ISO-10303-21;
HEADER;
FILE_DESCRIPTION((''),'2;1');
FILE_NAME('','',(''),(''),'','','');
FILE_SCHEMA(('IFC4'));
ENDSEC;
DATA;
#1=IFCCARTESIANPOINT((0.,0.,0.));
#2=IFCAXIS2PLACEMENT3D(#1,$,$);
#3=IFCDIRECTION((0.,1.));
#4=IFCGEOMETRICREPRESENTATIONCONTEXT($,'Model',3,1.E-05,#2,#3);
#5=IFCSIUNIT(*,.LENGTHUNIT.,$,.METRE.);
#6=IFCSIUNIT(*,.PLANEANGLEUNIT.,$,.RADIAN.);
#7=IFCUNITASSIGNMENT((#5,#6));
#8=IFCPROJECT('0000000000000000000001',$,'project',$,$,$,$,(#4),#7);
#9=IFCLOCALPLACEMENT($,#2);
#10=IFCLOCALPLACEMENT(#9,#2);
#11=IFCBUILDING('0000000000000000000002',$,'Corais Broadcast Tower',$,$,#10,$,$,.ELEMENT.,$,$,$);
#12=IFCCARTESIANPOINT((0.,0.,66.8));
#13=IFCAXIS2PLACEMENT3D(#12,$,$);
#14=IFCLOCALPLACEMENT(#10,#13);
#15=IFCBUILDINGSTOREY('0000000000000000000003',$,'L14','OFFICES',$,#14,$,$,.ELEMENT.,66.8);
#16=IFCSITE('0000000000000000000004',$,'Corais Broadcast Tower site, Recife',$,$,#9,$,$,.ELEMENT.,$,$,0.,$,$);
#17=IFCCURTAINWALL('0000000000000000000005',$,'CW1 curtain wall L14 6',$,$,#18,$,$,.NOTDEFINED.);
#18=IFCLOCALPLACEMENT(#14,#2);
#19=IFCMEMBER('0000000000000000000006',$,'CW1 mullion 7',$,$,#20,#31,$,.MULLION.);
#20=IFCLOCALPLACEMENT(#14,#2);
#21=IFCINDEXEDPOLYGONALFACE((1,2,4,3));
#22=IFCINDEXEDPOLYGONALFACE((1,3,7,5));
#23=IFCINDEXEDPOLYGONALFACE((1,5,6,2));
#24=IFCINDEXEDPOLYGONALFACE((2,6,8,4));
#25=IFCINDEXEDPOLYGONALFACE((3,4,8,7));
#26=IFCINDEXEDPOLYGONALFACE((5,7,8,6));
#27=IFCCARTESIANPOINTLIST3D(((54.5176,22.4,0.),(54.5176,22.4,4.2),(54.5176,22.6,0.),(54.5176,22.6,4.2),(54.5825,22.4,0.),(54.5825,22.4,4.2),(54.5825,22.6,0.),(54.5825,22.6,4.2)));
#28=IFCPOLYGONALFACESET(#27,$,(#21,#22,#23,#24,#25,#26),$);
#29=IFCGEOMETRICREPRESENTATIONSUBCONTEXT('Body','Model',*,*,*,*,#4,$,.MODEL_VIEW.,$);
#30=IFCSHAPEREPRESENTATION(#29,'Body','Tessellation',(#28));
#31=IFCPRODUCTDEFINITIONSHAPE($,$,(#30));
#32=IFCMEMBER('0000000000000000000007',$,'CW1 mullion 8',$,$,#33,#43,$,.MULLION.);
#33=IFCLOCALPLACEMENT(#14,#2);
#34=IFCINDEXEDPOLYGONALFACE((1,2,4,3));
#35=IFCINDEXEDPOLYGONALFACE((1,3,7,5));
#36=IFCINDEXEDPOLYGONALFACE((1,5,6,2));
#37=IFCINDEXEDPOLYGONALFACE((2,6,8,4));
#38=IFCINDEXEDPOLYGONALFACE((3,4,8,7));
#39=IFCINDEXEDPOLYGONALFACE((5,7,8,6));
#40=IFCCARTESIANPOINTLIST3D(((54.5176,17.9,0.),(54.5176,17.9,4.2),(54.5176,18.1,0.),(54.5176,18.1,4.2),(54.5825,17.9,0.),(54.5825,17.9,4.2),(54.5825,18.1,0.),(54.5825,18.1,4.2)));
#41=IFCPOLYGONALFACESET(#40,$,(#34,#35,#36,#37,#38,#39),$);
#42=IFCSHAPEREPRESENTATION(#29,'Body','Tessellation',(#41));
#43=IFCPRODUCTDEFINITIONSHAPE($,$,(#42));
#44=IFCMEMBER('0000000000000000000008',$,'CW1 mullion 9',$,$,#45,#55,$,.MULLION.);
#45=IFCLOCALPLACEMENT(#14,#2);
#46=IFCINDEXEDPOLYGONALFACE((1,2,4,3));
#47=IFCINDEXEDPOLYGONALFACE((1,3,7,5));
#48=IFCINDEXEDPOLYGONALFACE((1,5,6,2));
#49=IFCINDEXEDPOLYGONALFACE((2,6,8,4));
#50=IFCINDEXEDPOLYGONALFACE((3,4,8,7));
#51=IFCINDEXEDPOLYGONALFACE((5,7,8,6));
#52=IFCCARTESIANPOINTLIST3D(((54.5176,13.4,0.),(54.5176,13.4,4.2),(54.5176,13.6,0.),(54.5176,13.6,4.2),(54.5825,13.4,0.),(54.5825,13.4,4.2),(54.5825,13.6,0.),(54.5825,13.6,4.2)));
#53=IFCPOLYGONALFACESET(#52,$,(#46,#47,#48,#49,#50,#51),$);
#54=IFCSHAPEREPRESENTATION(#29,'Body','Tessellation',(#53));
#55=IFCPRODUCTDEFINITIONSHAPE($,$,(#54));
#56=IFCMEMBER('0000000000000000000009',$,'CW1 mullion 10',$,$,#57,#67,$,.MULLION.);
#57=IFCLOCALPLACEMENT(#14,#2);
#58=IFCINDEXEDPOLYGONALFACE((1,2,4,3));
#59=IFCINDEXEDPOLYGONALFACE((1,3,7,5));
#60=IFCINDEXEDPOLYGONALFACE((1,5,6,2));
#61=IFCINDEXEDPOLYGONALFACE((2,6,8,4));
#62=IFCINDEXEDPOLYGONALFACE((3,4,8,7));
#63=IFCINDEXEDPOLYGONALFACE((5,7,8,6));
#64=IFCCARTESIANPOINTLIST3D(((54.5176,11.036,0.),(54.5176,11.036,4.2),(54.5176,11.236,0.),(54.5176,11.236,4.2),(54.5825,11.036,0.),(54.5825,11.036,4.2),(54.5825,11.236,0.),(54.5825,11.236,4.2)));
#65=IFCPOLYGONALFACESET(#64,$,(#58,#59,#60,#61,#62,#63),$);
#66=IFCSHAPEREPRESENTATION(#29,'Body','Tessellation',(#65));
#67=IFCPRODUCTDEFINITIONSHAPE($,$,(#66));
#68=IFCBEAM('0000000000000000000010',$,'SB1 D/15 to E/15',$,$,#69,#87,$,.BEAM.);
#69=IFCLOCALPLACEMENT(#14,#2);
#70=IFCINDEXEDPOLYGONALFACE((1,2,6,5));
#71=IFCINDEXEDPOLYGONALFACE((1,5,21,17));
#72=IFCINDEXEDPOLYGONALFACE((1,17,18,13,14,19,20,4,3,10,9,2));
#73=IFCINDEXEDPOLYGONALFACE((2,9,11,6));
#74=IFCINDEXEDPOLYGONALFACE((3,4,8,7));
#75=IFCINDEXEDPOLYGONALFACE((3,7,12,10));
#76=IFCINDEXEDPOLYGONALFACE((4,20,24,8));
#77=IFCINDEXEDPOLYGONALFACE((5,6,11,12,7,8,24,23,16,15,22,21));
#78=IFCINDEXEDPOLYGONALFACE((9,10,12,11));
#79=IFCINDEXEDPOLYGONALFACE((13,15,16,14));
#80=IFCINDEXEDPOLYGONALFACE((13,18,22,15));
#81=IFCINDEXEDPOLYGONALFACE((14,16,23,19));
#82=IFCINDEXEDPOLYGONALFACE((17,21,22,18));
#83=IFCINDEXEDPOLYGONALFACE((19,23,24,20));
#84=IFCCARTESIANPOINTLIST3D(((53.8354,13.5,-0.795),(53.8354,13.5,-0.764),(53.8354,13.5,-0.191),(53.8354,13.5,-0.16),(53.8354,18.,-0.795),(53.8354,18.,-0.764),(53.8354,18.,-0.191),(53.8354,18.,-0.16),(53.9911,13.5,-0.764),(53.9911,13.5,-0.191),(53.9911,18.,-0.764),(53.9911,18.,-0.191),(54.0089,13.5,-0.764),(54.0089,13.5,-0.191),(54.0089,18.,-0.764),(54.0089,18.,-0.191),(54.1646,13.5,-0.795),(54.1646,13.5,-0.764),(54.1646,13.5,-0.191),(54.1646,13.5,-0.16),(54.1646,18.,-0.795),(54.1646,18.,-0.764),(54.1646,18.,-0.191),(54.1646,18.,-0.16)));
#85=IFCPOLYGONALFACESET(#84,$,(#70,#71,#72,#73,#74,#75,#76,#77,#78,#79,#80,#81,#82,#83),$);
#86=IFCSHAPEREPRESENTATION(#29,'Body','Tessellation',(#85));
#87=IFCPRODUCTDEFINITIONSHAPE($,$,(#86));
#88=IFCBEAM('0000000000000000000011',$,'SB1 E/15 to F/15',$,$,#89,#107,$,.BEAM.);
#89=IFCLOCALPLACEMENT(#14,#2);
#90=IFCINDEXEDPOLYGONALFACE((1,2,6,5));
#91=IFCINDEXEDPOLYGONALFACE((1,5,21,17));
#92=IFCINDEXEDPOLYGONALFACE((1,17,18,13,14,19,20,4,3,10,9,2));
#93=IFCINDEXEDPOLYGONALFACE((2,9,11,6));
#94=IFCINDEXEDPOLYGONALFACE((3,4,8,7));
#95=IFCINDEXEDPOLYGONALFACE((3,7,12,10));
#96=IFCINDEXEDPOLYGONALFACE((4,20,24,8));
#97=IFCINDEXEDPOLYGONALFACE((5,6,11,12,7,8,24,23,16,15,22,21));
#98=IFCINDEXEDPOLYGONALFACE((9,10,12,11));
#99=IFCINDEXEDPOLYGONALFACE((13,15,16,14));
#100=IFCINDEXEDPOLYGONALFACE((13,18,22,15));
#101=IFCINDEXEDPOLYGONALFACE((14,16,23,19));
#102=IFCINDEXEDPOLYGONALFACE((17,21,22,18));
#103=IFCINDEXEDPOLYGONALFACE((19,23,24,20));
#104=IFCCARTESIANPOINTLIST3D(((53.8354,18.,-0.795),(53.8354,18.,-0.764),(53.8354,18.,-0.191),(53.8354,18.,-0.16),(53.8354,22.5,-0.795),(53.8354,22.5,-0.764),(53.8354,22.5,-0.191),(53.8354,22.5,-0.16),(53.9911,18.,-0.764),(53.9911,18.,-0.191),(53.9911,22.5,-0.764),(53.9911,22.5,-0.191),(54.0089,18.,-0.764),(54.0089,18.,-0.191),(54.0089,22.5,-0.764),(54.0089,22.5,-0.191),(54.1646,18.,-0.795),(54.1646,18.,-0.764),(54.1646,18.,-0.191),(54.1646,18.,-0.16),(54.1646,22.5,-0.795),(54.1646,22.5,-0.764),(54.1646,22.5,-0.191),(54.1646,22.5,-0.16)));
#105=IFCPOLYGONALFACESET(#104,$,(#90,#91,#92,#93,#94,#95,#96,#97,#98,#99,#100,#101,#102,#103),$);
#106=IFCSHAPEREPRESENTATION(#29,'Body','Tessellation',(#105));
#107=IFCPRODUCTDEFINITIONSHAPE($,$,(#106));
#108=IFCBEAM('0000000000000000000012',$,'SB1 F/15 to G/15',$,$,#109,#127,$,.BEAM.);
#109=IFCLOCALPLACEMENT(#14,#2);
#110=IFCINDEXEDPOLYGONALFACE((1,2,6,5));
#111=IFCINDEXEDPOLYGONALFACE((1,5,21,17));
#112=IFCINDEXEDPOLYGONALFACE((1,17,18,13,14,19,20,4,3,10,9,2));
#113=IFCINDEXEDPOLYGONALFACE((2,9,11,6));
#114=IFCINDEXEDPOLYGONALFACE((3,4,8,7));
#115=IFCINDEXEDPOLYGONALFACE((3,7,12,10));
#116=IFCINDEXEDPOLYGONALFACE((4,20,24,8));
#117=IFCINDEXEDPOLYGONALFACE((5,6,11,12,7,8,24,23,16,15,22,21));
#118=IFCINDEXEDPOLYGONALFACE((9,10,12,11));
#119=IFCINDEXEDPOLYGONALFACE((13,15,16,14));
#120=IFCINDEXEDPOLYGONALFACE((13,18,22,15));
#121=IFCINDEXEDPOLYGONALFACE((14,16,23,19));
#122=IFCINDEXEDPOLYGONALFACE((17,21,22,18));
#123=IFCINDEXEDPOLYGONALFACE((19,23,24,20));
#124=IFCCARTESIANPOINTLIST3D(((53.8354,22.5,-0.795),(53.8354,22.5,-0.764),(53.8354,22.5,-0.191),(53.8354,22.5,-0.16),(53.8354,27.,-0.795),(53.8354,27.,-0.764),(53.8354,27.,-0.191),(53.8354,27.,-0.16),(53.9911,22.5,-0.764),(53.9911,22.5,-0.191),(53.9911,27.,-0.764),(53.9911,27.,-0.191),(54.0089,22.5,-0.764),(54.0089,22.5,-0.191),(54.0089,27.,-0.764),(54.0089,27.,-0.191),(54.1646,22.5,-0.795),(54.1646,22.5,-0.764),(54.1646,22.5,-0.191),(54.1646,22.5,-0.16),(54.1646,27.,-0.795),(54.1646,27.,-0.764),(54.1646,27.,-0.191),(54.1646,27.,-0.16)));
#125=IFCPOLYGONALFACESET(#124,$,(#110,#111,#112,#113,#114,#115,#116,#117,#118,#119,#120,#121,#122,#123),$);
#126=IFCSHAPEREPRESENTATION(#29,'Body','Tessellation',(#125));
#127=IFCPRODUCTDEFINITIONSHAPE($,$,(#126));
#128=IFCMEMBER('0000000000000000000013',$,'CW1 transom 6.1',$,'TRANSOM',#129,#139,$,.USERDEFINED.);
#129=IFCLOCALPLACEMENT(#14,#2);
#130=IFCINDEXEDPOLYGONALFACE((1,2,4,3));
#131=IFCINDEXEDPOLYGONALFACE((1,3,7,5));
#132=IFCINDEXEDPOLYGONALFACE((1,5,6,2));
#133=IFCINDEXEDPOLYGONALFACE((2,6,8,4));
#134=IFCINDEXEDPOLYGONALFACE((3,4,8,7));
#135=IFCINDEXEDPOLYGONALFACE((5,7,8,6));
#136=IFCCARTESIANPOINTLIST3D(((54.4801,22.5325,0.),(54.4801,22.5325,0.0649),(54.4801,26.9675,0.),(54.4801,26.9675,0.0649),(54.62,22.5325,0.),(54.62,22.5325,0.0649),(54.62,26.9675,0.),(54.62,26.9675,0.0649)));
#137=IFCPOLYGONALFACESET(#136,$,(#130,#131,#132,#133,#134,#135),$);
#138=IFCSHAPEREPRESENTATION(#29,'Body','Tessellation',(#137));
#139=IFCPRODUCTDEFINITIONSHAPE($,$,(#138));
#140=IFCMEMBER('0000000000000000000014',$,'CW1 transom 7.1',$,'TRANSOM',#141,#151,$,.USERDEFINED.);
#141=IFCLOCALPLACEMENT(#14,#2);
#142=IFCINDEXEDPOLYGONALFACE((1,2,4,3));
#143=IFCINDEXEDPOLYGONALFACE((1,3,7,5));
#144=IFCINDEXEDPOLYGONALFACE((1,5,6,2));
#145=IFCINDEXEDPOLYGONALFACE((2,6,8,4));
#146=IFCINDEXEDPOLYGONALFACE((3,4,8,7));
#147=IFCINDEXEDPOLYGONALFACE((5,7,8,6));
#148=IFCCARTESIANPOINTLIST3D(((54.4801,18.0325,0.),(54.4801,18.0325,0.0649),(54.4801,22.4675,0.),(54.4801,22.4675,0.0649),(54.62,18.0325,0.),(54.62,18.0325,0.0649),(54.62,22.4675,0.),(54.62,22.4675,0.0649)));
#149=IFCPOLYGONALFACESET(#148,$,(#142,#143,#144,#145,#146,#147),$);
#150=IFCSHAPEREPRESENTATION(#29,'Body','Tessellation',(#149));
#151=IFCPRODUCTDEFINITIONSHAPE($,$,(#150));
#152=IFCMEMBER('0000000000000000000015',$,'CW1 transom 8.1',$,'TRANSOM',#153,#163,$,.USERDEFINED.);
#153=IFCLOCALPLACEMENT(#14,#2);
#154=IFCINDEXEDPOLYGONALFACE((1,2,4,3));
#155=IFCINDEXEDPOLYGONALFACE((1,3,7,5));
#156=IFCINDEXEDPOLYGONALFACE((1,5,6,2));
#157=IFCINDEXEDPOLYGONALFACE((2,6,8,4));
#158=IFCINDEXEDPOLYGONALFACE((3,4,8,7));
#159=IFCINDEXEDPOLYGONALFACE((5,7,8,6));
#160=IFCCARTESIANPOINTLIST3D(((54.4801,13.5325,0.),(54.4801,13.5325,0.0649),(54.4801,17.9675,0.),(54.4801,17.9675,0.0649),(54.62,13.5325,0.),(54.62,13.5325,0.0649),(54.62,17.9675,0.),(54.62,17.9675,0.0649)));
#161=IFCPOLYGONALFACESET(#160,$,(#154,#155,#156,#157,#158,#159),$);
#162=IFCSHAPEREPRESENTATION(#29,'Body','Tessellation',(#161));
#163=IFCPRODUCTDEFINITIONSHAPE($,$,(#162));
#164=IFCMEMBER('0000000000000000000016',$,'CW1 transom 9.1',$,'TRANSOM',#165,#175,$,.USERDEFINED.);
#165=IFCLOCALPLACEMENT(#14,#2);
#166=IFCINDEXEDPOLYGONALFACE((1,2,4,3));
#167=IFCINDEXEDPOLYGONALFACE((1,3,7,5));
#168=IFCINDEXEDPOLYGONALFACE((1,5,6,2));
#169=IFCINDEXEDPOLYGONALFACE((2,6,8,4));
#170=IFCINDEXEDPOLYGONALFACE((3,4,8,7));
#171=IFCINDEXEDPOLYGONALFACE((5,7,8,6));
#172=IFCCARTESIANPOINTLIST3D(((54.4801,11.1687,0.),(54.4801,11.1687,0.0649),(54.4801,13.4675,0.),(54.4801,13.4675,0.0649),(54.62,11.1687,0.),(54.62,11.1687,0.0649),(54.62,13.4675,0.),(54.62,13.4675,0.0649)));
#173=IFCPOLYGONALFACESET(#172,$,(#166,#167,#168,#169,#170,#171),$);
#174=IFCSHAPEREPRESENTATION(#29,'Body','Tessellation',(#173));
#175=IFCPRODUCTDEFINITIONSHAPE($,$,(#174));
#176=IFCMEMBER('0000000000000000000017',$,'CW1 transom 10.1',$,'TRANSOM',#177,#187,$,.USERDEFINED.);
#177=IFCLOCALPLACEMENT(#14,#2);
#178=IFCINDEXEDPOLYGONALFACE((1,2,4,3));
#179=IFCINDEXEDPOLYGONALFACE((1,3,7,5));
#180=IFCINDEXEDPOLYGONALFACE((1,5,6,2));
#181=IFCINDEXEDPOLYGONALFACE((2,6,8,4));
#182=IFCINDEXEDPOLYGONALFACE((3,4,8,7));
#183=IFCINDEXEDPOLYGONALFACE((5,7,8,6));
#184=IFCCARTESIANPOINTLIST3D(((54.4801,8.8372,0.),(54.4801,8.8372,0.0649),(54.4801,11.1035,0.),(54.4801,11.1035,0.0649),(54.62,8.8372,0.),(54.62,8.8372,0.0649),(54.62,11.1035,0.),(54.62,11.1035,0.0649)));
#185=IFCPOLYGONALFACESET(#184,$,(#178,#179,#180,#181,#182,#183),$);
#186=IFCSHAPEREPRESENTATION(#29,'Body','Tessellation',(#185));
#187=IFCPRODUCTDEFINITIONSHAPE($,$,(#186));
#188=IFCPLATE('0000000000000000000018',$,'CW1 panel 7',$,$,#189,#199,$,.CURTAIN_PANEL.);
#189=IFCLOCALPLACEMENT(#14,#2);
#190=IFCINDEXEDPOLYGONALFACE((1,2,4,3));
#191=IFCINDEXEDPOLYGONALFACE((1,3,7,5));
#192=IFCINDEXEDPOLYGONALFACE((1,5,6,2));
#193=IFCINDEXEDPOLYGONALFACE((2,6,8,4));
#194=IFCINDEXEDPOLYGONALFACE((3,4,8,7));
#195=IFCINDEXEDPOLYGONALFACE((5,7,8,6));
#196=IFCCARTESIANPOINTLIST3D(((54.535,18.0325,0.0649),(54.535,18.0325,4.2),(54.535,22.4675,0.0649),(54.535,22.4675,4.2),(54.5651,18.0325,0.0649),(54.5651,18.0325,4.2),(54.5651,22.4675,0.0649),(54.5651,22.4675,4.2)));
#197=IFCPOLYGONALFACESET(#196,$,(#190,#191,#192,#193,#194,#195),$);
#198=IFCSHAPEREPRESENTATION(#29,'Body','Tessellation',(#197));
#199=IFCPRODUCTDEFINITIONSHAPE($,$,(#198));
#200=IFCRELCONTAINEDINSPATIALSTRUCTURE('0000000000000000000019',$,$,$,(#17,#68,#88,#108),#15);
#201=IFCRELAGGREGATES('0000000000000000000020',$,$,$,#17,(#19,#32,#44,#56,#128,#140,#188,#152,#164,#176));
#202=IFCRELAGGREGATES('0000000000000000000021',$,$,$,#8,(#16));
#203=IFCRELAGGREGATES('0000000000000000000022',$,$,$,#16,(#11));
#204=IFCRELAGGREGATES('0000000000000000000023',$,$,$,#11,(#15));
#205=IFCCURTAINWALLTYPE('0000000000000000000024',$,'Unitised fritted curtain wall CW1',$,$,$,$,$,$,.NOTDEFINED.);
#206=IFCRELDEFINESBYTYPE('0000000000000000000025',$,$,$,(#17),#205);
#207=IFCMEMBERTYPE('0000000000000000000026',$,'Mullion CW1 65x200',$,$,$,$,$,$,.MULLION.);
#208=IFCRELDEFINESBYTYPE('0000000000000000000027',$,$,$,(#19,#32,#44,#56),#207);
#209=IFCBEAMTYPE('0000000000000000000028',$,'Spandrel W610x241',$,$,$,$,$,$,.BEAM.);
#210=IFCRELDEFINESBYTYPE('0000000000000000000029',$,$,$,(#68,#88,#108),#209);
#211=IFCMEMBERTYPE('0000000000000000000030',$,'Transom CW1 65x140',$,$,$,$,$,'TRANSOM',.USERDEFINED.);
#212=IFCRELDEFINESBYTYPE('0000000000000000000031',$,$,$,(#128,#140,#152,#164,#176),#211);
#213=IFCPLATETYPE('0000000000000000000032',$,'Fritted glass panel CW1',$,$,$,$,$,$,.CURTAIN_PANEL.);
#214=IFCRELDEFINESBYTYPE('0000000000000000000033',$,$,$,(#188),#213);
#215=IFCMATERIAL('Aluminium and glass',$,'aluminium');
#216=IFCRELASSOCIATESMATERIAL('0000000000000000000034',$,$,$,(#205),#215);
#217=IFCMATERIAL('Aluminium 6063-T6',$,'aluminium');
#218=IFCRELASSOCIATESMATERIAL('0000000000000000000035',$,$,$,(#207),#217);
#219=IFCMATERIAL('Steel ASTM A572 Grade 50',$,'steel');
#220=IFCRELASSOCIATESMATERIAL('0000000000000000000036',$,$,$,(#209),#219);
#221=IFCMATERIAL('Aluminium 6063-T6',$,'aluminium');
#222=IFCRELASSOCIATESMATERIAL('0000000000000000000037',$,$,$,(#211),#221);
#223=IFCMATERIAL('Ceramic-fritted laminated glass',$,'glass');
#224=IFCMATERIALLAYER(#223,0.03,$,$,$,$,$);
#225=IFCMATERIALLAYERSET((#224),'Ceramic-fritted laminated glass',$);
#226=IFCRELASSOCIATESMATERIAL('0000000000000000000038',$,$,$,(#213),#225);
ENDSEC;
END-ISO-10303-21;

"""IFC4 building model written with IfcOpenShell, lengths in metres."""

from ifc_helpers import new_model, si_unit, direction, frame, origin, origin_2d, place, context, subcontext, project, spatial, rectangle, i_section, extrude, material, layer, layer_set, material_profile, profile_set, type_object, element, aggregate, save


model = new_model("IFC4")

# Units and contexts
model_context = context("Model", 3, precision=1e-05, world=origin(), true_north=direction((0.0, 1.0)))
body_context = subcontext(model_context, "Body", "Model", "MODEL_VIEW")
ifc_project = project(units=[si_unit("LENGTHUNIT", "METRE"), si_unit("PLANEANGLEUNIT", "RADIAN")], contexts=[model_context])

# Site, building, storey
site_placement = place(None, origin())
site = spatial("IfcSite", under=ifc_project, at=site_placement, Name="Corais Broadcast Tower site, Recife", CompositionType="ELEMENT", RefElevation=0.0)
building_placement = place(site_placement, origin())
building = spatial("IfcBuilding", under=site, at=building_placement, Name="Corais Broadcast Tower", CompositionType="ELEMENT")
storey_placement = place(building_placement, frame((0.0, 0.0, 66.8)))
storey = spatial("IfcBuildingStorey", under=building, at=storey_placement, Name="L14", Description="OFFICES", CompositionType="ELEMENT", Elevation=66.8)

# Curtain wall, members
ifc_material_1 = material(Name="Aluminium and glass", Category="aluminium")
curtain_wall_type = type_object("IfcCurtainWallType", Name="Unitised fritted curtain wall CW1", PredefinedType="NOTDEFINED", material=ifc_material_1)
curtain_wall_placement = place(storey_placement, origin())
curtain_wall = element("IfcCurtainWall", 1, at=curtain_wall_placement, inside=storey, type_object=curtain_wall_type, Name="CW1 curtain wall L14 6", PredefinedType="NOTDEFINED")
ifc_material_2 = material(Name="Aluminium 6063-T6", Category="aluminium")
ifc_material_profile_1 = material_profile(ifc_material_2, rectangle(XDim=0.0649, YDim=0.2, at=origin_2d()), Name="Mullion CW1 65x200")
ifc_profile_set_1 = profile_set([ifc_material_profile_1], Name="Aluminium 6063-T6")
member_type_1 = type_object("IfcMemberType", Name="Mullion CW1 65x200", PredefinedType="MULLION", material=ifc_profile_set_1)
member_1_placement = place(storey_placement, frame((54.55, 22.5, 0.0), z_axis=(0.0, 0.0, 1.0), x_axis=(1.0, 0.0, 0.0)))
member_1 = element("IfcMember", 2, at=member_1_placement, type_object=member_type_1, Name="CW1 mullion 7", PredefinedType="MULLION", context=body_context, shape_type="SweptSolid", body=[
    extrude(rectangle(XDim=0.0649, YDim=0.2, at=origin_2d()), origin(), (0.0, 0.0, 1.0), 4.2),
])
member_2_placement = place(storey_placement, frame((54.55, 18.0, 0.0), z_axis=(0.0, 0.0, 1.0), x_axis=(1.0, 0.0, 0.0)))
member_2 = element("IfcMember", 3, at=member_2_placement, type_object=member_type_1, Name="CW1 mullion 8", PredefinedType="MULLION", context=body_context, shape_type="SweptSolid", body=[
    extrude(rectangle(XDim=0.0649, YDim=0.2, at=origin_2d()), origin(), (0.0, 0.0, 1.0), 4.2),
])
member_3_placement = place(storey_placement, frame((54.55, 13.5, 0.0), z_axis=(0.0, 0.0, 1.0), x_axis=(1.0, 0.0, 0.0)))
member_3 = element("IfcMember", 4, at=member_3_placement, type_object=member_type_1, Name="CW1 mullion 9", PredefinedType="MULLION", context=body_context, shape_type="SweptSolid", body=[
    extrude(rectangle(XDim=0.0649, YDim=0.2, at=origin_2d()), origin(), (0.0, 0.0, 1.0), 4.2),
])
member_4_placement = place(storey_placement, frame((54.55, 11.136, 0.0), z_axis=(0.0, 0.0, 1.0), x_axis=(1.0, 0.0, 0.0)))
member_4 = element("IfcMember", 5, at=member_4_placement, type_object=member_type_1, Name="CW1 mullion 10", PredefinedType="MULLION", context=body_context, shape_type="SweptSolid", body=[
    extrude(rectangle(XDim=0.0649, YDim=0.2, at=origin_2d()), origin(), (0.0, 0.0, 1.0), 4.2),
])

# Beams
ifc_material_3 = material(Name="Steel ASTM A572 Grade 50", Category="steel")
ifc_material_profile_2 = material_profile(ifc_material_3, i_section(OverallWidth=0.3291, OverallDepth=0.635, WebThickness=0.0178, FlangeThickness=0.031, at=origin_2d()), Name="W610x241")
ifc_profile_set_2 = profile_set([ifc_material_profile_2], Name="Steel ASTM A572 Grade 50")
beam_type_1 = type_object("IfcBeamType", Name="Spandrel W610x241", PredefinedType="BEAM", material=ifc_profile_set_2)
for number, where, z_axis, x_axis, name in (
    (6, (54.0, 13.5, -0.4775), (0.0, 1.0, 0.0), (-1.0, 0.0, 0.0), "SB1 D/15 to E/15"),
    (7, (54.0, 18.0, -0.4775), (0.0, 1.0, 0.0), (-1.0, 0.0, 0.0), "SB1 E/15 to F/15"),
    (8, (54.0, 22.5, -0.4775), (0.0, 1.0, 0.0), (-1.0, 0.0, 0.0), "SB1 F/15 to G/15"),
):
    element("IfcBeam", number, at=place(storey_placement, frame(where, z_axis=z_axis, x_axis=x_axis)), inside=storey, type_object=beam_type_1, Name=name, PredefinedType="BEAM", context=body_context, shape_type="SweptSolid", body=[
        extrude(i_section(OverallWidth=0.3291, OverallDepth=0.635, WebThickness=0.0178, FlangeThickness=0.031, at=origin_2d()), origin(), (0.0, 0.0, 1.0), 4.5),
    ])

# Members
ifc_material_4 = material(Name="Aluminium 6063-T6", Category="aluminium")
ifc_material_profile_3 = material_profile(ifc_material_4, rectangle(XDim=0.1399, YDim=0.0649, at=origin_2d()), Name="Transom CW1 65x140")
ifc_profile_set_3 = profile_set([ifc_material_profile_3], Name="Aluminium 6063-T6")
member_type_2 = type_object("IfcMemberType", Name="Transom CW1 65x140", ElementType="TRANSOM", PredefinedType="USERDEFINED", material=ifc_profile_set_3)
member_5_placement = place(storey_placement, frame((54.55, 26.9675, 0.0325), z_axis=(0.0, -1.0, 0.0), x_axis=(1.0, 0.0, 0.0)))
member_5 = element("IfcMember", 9, at=member_5_placement, type_object=member_type_2, Name="CW1 transom 6.1", ObjectType="TRANSOM", PredefinedType="USERDEFINED", context=body_context, shape_type="SweptSolid", body=[
    extrude(rectangle(XDim=0.1399, YDim=0.0649, at=origin_2d()), origin(), (0.0, 0.0, 1.0), 4.4351),
])
member_6_placement = place(storey_placement, frame((54.55, 22.4675, 0.0325), z_axis=(0.0, -1.0, 0.0), x_axis=(1.0, 0.0, 0.0)))
member_6 = element("IfcMember", 10, at=member_6_placement, type_object=member_type_2, Name="CW1 transom 7.1", ObjectType="TRANSOM", PredefinedType="USERDEFINED", context=body_context, shape_type="SweptSolid", body=[
    extrude(rectangle(XDim=0.1399, YDim=0.0649, at=origin_2d()), origin(), (0.0, 0.0, 1.0), 4.4351),
])
member_7_placement = place(storey_placement, frame((54.55, 17.9675, 0.0325), z_axis=(0.0, -1.0, 0.0), x_axis=(1.0, 0.0, 0.0)))
member_7 = element("IfcMember", 11, at=member_7_placement, type_object=member_type_2, Name="CW1 transom 8.1", ObjectType="TRANSOM", PredefinedType="USERDEFINED", context=body_context, shape_type="SweptSolid", body=[
    extrude(rectangle(XDim=0.1399, YDim=0.0649, at=origin_2d()), origin(), (0.0, 0.0, 1.0), 4.4351),
])
member_8_placement = place(storey_placement, frame((54.55, 13.4675, 0.0325), z_axis=(0.0, -1.0, 0.0), x_axis=(1.0, 0.0, 0.0)))
member_8 = element("IfcMember", 12, at=member_8_placement, type_object=member_type_2, Name="CW1 transom 9.1", ObjectType="TRANSOM", PredefinedType="USERDEFINED", context=body_context, shape_type="SweptSolid", body=[
    extrude(rectangle(XDim=0.1399, YDim=0.0649, at=origin_2d()), origin(), (0.0, 0.0, 1.0), 2.2988),
])
member_9_placement = place(storey_placement, frame((54.55, 11.1035, 0.0325), z_axis=(0.0, -1.0, 0.0), x_axis=(1.0, 0.0, 0.0)))
member_9 = element("IfcMember", 13, at=member_9_placement, type_object=member_type_2, Name="CW1 transom 10.1", ObjectType="TRANSOM", PredefinedType="USERDEFINED", context=body_context, shape_type="SweptSolid", body=[
    extrude(rectangle(XDim=0.1399, YDim=0.0649, at=origin_2d()), origin(), (0.0, 0.0, 1.0), 2.2664),
])

# Plate
ifc_material_5 = material(Name="Ceramic-fritted laminated glass", Category="glass")
ifc_layer_1 = layer(ifc_material_5, 0.03)
ifc_layer_set_1 = layer_set([ifc_layer_1], Name="Ceramic-fritted laminated glass")
plate_type_1 = type_object("IfcPlateType", Name="Fritted glass panel CW1", PredefinedType="CURTAIN_PANEL", material=ifc_layer_set_1)
plate_1_placement = place(storey_placement, frame((54.55, 20.25, 0.0649), z_axis=(0.0, 0.0, 1.0), x_axis=(0.0, -1.0, 0.0)))
plate_1 = element("IfcPlate", 14, at=plate_1_placement, type_object=plate_type_1, Name="CW1 panel 7", PredefinedType="CURTAIN_PANEL", context=body_context, shape_type="SweptSolid", body=[
    extrude(rectangle(XDim=4.4351, YDim=0.03, at=origin_2d()), origin(), (0.0, 0.0, 1.0), 4.135),
])
aggregate(curtain_wall, [member_1, member_2, member_3, member_4, member_5, member_6, plate_1, member_7, member_8, member_9])

save(model, "model.ifc")
